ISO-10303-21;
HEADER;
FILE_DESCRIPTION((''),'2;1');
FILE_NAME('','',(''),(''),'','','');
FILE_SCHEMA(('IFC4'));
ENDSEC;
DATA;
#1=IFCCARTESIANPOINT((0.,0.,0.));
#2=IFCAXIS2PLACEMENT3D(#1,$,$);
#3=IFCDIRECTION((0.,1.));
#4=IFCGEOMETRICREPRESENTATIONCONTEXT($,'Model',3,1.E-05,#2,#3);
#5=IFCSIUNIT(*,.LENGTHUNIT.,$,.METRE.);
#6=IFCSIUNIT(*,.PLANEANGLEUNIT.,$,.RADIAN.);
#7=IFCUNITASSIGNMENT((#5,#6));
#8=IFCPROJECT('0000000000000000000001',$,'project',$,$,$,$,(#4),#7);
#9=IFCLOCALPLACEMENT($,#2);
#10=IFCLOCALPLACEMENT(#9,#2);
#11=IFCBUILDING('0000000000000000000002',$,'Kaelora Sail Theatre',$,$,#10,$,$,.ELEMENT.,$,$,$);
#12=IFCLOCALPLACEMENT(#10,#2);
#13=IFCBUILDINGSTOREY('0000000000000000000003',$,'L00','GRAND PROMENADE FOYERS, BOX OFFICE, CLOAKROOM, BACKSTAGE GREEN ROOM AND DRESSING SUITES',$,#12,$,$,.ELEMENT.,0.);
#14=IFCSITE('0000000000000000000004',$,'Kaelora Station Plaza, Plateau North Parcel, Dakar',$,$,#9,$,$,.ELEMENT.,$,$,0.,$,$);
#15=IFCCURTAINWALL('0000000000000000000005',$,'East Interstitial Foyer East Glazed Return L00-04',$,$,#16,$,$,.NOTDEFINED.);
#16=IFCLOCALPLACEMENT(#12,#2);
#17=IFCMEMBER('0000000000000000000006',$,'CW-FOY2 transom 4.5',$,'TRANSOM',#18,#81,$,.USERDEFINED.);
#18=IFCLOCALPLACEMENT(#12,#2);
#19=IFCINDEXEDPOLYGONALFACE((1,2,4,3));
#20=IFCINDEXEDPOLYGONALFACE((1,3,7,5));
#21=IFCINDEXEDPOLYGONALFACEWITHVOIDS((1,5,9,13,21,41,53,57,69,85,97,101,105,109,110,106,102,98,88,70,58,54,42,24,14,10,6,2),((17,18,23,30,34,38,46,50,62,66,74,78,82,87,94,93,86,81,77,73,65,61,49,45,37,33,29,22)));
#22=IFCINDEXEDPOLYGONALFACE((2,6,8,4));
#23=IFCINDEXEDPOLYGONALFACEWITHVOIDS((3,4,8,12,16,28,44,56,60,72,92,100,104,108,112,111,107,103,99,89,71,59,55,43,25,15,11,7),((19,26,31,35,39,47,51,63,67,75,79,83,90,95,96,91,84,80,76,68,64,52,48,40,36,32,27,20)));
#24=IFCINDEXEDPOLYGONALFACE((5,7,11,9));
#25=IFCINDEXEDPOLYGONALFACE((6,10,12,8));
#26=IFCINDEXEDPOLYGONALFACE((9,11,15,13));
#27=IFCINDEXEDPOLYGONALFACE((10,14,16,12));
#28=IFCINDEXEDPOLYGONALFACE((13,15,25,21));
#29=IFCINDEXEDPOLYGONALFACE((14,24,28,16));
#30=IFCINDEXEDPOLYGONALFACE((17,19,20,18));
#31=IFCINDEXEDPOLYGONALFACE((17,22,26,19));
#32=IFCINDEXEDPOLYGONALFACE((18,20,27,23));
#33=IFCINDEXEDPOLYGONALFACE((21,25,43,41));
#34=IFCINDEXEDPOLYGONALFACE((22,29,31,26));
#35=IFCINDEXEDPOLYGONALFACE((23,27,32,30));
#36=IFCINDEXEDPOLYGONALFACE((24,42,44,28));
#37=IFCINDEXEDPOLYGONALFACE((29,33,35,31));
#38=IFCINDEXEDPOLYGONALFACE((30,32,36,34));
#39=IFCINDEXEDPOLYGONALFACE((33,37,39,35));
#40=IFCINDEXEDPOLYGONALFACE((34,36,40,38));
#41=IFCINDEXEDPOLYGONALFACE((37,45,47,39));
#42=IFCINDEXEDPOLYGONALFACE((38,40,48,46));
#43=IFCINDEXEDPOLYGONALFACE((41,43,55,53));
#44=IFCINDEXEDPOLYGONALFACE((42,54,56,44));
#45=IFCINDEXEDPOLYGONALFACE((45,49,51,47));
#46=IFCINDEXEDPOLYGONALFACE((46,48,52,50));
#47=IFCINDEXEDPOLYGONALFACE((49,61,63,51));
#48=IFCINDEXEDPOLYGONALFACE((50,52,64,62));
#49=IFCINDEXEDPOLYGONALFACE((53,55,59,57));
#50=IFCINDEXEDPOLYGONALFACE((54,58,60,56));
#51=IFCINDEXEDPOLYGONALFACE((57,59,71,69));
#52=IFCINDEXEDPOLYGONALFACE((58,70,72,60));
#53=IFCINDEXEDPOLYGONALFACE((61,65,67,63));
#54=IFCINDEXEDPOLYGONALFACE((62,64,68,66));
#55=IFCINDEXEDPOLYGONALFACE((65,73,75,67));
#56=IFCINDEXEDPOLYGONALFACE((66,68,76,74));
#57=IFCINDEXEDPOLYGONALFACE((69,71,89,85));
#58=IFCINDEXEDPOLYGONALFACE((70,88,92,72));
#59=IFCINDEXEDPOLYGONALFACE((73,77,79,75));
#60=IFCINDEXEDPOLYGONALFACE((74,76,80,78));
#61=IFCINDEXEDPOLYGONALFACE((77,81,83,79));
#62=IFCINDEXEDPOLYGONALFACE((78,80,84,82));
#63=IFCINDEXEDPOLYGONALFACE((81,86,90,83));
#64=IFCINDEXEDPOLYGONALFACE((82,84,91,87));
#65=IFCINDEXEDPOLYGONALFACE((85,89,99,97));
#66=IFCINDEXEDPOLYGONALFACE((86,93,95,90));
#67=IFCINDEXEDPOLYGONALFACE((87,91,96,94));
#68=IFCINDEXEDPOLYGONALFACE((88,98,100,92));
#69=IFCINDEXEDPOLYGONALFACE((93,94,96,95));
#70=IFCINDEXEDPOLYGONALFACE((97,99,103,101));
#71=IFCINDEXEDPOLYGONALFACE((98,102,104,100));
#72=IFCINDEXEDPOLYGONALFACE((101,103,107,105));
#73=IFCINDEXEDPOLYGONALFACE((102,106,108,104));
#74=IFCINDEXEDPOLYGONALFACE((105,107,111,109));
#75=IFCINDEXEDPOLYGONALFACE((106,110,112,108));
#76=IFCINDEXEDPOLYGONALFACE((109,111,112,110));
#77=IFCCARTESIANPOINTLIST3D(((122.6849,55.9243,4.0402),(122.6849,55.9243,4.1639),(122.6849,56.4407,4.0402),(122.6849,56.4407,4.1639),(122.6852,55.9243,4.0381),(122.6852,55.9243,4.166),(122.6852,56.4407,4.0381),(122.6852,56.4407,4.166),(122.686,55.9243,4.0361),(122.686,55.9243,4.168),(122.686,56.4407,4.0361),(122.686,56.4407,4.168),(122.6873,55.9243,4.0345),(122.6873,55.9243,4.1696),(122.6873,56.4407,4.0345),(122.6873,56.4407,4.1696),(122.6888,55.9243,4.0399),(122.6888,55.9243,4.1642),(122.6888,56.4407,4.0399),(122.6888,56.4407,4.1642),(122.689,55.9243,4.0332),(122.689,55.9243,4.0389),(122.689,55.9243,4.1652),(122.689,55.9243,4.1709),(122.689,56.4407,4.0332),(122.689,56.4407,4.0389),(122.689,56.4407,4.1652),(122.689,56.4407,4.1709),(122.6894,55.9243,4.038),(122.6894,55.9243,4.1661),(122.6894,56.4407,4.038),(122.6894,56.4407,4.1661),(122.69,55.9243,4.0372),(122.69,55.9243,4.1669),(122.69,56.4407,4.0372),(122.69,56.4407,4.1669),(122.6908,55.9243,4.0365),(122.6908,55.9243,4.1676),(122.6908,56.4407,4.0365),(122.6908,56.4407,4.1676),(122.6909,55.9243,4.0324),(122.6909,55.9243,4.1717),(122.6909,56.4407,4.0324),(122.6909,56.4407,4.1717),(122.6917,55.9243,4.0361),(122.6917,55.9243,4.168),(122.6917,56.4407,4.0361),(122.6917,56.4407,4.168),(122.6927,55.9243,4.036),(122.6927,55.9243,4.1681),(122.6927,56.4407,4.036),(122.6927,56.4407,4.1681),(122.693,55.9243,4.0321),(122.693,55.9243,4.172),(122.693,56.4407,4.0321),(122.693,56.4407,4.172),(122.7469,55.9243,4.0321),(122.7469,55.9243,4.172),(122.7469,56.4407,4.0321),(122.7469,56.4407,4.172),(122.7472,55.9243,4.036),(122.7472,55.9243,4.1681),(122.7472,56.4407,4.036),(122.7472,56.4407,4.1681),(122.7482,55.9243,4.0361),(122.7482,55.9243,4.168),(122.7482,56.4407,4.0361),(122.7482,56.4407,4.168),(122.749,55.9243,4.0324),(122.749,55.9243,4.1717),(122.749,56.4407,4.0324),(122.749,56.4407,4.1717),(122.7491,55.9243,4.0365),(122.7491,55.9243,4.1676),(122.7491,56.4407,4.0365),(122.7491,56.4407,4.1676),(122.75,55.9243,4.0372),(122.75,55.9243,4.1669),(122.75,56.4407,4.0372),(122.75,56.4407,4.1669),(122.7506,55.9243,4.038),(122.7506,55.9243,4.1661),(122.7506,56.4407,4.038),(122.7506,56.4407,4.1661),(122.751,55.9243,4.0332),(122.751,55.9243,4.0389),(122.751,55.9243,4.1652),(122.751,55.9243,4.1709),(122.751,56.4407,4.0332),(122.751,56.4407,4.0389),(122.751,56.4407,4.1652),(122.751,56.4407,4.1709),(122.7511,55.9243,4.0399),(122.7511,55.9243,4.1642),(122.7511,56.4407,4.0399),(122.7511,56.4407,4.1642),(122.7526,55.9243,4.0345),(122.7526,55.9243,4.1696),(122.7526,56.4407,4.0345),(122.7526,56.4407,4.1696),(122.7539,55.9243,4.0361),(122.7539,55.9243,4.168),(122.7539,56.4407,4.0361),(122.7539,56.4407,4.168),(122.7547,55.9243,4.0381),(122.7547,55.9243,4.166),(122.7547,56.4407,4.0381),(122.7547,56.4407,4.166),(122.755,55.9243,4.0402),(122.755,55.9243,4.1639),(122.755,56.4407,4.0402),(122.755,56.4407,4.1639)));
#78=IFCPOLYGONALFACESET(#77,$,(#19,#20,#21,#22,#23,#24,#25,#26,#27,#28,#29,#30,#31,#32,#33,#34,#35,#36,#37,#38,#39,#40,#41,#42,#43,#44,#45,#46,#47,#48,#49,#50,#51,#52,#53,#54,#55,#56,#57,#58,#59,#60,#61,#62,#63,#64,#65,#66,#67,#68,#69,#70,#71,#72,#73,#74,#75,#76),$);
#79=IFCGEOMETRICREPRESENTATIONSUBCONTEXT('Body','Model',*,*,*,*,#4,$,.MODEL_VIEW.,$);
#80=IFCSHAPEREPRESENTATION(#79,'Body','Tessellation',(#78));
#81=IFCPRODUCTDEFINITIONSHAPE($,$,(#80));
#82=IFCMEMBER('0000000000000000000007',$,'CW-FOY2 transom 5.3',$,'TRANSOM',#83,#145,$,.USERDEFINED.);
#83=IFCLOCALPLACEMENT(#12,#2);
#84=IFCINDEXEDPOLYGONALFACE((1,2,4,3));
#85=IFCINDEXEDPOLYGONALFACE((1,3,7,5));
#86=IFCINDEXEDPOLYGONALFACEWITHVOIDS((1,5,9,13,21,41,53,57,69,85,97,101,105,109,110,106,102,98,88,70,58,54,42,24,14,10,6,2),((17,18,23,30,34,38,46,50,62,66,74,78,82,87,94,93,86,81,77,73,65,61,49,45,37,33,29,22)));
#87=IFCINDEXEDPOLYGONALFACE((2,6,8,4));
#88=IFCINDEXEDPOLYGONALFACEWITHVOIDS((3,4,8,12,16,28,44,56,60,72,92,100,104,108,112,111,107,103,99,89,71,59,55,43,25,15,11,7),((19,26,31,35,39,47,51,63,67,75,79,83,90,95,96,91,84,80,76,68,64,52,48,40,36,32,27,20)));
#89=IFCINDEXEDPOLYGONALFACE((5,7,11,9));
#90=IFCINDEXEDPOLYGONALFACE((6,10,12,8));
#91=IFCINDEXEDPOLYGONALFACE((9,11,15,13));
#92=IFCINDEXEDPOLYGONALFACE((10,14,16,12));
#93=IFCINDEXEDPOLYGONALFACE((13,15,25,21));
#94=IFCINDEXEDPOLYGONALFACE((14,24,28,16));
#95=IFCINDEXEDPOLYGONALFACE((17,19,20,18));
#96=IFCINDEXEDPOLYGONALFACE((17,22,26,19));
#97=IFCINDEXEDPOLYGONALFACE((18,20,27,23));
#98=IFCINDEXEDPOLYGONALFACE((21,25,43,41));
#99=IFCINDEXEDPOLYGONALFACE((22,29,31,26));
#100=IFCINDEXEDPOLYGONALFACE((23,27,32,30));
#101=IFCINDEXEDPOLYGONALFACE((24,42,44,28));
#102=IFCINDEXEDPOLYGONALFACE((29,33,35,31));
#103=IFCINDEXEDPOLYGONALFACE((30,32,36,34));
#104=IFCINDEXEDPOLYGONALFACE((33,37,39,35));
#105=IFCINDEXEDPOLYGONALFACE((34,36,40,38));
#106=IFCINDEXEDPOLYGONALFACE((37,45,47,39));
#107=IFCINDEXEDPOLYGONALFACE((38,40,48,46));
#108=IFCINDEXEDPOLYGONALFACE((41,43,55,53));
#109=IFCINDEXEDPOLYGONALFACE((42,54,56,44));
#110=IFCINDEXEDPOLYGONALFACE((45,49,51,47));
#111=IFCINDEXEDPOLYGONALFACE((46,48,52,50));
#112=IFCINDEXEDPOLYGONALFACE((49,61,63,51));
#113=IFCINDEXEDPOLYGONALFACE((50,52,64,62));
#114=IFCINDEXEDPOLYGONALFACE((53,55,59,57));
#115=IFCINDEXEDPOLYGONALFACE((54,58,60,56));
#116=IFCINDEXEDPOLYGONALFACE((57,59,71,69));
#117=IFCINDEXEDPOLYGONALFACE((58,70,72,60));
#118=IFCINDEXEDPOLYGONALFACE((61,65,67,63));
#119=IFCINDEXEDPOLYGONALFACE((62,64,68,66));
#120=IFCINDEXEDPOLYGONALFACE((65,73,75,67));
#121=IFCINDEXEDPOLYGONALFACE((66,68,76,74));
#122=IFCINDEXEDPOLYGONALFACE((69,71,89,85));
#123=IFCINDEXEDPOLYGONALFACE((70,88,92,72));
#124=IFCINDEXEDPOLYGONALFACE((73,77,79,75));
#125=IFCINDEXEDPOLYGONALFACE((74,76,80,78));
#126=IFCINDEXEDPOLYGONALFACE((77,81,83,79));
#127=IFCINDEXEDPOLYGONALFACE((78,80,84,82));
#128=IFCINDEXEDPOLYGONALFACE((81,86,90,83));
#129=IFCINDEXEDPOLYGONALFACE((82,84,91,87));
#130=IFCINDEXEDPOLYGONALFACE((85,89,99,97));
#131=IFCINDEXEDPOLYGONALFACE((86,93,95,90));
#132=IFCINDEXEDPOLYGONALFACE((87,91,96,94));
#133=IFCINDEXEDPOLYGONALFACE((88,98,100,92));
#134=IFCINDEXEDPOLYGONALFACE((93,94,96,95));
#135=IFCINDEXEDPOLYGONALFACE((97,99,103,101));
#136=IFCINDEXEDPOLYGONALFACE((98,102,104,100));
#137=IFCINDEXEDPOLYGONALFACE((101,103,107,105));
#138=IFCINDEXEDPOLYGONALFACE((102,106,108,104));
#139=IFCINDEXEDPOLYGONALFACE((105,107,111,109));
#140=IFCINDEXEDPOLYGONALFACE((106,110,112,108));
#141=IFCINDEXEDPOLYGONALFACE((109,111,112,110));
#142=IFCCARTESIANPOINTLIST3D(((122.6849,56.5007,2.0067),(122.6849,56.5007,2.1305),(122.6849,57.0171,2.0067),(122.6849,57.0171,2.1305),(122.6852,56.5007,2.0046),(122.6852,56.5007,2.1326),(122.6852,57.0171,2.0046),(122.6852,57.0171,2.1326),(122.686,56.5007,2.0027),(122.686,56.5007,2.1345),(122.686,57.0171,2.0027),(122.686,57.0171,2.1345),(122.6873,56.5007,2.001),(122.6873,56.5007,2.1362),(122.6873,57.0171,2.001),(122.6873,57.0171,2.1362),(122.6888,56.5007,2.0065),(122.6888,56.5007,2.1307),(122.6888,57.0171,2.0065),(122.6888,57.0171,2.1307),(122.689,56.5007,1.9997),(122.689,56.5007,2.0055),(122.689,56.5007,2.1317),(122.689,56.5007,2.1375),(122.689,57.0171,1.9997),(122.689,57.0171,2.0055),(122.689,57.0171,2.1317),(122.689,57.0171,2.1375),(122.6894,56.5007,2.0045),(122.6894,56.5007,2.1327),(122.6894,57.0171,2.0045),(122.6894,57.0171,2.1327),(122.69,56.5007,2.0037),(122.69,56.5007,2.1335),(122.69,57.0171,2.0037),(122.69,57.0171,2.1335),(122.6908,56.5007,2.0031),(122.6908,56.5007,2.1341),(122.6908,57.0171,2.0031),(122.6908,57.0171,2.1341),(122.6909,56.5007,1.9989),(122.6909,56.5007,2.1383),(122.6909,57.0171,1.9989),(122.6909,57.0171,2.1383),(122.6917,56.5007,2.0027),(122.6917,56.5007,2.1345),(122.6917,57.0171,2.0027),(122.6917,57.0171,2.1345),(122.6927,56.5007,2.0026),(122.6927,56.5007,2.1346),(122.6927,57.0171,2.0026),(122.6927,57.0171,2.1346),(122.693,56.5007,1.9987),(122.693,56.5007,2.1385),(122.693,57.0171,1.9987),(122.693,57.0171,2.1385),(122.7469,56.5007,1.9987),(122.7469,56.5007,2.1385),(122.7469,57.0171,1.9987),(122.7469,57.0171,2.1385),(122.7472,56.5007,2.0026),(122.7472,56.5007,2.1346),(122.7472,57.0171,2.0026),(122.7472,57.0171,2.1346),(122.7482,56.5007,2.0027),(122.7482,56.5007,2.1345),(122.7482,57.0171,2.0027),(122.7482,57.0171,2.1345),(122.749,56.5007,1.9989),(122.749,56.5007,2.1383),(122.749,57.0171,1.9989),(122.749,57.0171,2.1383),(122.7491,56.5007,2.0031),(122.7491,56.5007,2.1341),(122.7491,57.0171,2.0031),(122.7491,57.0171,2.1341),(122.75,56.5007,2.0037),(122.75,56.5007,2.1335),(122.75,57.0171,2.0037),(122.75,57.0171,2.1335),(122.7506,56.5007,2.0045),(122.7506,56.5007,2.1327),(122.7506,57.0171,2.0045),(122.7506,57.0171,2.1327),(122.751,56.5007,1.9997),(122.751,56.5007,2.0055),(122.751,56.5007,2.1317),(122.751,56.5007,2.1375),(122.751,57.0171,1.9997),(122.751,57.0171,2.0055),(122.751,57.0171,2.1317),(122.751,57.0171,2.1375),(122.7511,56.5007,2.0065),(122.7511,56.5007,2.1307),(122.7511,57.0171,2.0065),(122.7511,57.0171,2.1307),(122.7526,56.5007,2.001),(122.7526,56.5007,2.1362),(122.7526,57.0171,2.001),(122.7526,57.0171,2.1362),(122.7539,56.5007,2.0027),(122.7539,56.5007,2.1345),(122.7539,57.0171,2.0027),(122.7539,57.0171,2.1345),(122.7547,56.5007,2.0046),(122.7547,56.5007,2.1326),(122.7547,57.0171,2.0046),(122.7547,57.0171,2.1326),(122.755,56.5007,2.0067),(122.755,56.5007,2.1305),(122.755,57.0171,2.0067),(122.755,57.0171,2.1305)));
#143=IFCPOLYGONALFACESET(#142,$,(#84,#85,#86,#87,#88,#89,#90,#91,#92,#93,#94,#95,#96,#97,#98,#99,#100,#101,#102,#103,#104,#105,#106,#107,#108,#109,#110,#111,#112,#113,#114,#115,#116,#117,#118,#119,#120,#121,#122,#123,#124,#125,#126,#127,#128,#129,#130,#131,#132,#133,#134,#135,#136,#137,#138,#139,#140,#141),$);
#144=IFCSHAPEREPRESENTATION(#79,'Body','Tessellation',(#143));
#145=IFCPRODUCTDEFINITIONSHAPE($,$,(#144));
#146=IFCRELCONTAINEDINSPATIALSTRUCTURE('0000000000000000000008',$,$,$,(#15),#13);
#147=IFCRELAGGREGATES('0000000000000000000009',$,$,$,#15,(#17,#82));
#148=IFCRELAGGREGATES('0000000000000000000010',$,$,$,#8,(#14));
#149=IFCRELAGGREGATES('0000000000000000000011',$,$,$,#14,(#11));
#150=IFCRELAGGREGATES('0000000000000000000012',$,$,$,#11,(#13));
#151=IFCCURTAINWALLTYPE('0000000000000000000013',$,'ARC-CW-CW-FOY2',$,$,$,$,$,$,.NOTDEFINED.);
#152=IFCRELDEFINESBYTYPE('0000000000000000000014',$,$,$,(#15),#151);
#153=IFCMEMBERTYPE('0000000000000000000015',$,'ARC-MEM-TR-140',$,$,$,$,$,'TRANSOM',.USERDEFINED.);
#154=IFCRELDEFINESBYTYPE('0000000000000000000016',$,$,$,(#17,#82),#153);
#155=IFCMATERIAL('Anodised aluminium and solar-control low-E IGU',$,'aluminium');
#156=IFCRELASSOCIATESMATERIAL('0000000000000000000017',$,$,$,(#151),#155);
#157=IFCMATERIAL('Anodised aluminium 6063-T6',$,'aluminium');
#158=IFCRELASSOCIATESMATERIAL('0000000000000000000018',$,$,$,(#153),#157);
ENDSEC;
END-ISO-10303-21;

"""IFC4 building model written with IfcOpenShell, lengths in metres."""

from ifc_helpers import new_model, si_unit, direction, frame, origin, origin_2d, place, context, subcontext, project, spatial, hollow_rectangle, extrude, material, material_profile, profile_set, type_object, element, aggregate, save


model = new_model("IFC4")

# Units and contexts
model_context = context("Model", 3, precision=1e-05, world=origin(), true_north=direction((0.0, 1.0)))
body_context = subcontext(model_context, "Body", "Model", "MODEL_VIEW")
ifc_project = project(units=[si_unit("LENGTHUNIT", "METRE"), si_unit("PLANEANGLEUNIT", "RADIAN")], contexts=[model_context])

# Site, building, storey
site_placement = place(None, origin())
site = spatial("IfcSite", under=ifc_project, at=site_placement, Name="Kaelora Station Plaza, Plateau North Parcel, Dakar", CompositionType="ELEMENT", RefElevation=0.0)
building_placement = place(site_placement, origin())
building = spatial("IfcBuilding", under=site, at=building_placement, Name="Kaelora Sail Theatre", CompositionType="ELEMENT")
storey_placement = place(building_placement, origin())
storey = spatial("IfcBuildingStorey", under=building, at=storey_placement, Name="L00", Description="GRAND PROMENADE FOYERS, BOX OFFICE, CLOAKROOM, BACKSTAGE GREEN ROOM AND DRESSING SUITES", CompositionType="ELEMENT", Elevation=0.0)

# Curtain wall, members
ifc_material_1 = material(Name="Anodised aluminium and solar-control low-E IGU", Category="aluminium")
curtain_wall_type = type_object("IfcCurtainWallType", Name="ARC-CW-CW-FOY2", PredefinedType="NOTDEFINED", material=ifc_material_1)
curtain_wall_placement = place(storey_placement, origin())
curtain_wall = element("IfcCurtainWall", 1, at=curtain_wall_placement, inside=storey, type_object=curtain_wall_type, Name="East Interstitial Foyer East Glazed Return L00-04", PredefinedType="NOTDEFINED")
ifc_material_2 = material(Name="Anodised aluminium 6063-T6", Category="aluminium")
ifc_material_profile = material_profile(ifc_material_2, hollow_rectangle(XDim=0.0701, YDim=0.1399, WallThickness=0.0039, InnerFilletRadius=0.0039, OuterFilletRadius=0.0081, at=origin_2d()), Name="ALU-TRAN 70x140x4")
ifc_profile_set = profile_set([ifc_material_profile], Name="Anodised aluminium 6063-T6")
member_type = type_object("IfcMemberType", Name="ARC-MEM-TR-140", ElementType="TRANSOM", PredefinedType="USERDEFINED", material=ifc_profile_set)
member_1_placement = place(storey_placement, frame((122.72, 55.9243, 4.1021), z_axis=(0.0, 1.0, 0.0), x_axis=(-1.0, 0.0, 0.0)))
member_1 = element("IfcMember", 2, at=member_1_placement, type_object=member_type, Name="CW-FOY2 transom 4.5", ObjectType="TRANSOM", PredefinedType="USERDEFINED", context=body_context, shape_type="SweptSolid", body=[
    extrude(hollow_rectangle(XDim=0.0701, YDim=0.1399, WallThickness=0.0039, InnerFilletRadius=0.0039, OuterFilletRadius=0.0081, at=origin_2d()), origin(), (0.0, 0.0, 1.0), 0.5164),
])
member_2_placement = place(storey_placement, frame((122.72, 56.5007, 2.0686), z_axis=(0.0, 1.0, 0.0), x_axis=(-1.0, 0.0, 0.0)))
member_2 = element("IfcMember", 3, at=member_2_placement, type_object=member_type, Name="CW-FOY2 transom 5.3", ObjectType="TRANSOM", PredefinedType="USERDEFINED", context=body_context, shape_type="SweptSolid", body=[
    extrude(hollow_rectangle(XDim=0.0701, YDim=0.1399, WallThickness=0.0039, InnerFilletRadius=0.0039, OuterFilletRadius=0.0081, at=origin_2d()), origin(), (0.0, 0.0, 1.0), 0.5164),
])
aggregate(curtain_wall, [member_1, member_2])

save(model, "model.ifc")
